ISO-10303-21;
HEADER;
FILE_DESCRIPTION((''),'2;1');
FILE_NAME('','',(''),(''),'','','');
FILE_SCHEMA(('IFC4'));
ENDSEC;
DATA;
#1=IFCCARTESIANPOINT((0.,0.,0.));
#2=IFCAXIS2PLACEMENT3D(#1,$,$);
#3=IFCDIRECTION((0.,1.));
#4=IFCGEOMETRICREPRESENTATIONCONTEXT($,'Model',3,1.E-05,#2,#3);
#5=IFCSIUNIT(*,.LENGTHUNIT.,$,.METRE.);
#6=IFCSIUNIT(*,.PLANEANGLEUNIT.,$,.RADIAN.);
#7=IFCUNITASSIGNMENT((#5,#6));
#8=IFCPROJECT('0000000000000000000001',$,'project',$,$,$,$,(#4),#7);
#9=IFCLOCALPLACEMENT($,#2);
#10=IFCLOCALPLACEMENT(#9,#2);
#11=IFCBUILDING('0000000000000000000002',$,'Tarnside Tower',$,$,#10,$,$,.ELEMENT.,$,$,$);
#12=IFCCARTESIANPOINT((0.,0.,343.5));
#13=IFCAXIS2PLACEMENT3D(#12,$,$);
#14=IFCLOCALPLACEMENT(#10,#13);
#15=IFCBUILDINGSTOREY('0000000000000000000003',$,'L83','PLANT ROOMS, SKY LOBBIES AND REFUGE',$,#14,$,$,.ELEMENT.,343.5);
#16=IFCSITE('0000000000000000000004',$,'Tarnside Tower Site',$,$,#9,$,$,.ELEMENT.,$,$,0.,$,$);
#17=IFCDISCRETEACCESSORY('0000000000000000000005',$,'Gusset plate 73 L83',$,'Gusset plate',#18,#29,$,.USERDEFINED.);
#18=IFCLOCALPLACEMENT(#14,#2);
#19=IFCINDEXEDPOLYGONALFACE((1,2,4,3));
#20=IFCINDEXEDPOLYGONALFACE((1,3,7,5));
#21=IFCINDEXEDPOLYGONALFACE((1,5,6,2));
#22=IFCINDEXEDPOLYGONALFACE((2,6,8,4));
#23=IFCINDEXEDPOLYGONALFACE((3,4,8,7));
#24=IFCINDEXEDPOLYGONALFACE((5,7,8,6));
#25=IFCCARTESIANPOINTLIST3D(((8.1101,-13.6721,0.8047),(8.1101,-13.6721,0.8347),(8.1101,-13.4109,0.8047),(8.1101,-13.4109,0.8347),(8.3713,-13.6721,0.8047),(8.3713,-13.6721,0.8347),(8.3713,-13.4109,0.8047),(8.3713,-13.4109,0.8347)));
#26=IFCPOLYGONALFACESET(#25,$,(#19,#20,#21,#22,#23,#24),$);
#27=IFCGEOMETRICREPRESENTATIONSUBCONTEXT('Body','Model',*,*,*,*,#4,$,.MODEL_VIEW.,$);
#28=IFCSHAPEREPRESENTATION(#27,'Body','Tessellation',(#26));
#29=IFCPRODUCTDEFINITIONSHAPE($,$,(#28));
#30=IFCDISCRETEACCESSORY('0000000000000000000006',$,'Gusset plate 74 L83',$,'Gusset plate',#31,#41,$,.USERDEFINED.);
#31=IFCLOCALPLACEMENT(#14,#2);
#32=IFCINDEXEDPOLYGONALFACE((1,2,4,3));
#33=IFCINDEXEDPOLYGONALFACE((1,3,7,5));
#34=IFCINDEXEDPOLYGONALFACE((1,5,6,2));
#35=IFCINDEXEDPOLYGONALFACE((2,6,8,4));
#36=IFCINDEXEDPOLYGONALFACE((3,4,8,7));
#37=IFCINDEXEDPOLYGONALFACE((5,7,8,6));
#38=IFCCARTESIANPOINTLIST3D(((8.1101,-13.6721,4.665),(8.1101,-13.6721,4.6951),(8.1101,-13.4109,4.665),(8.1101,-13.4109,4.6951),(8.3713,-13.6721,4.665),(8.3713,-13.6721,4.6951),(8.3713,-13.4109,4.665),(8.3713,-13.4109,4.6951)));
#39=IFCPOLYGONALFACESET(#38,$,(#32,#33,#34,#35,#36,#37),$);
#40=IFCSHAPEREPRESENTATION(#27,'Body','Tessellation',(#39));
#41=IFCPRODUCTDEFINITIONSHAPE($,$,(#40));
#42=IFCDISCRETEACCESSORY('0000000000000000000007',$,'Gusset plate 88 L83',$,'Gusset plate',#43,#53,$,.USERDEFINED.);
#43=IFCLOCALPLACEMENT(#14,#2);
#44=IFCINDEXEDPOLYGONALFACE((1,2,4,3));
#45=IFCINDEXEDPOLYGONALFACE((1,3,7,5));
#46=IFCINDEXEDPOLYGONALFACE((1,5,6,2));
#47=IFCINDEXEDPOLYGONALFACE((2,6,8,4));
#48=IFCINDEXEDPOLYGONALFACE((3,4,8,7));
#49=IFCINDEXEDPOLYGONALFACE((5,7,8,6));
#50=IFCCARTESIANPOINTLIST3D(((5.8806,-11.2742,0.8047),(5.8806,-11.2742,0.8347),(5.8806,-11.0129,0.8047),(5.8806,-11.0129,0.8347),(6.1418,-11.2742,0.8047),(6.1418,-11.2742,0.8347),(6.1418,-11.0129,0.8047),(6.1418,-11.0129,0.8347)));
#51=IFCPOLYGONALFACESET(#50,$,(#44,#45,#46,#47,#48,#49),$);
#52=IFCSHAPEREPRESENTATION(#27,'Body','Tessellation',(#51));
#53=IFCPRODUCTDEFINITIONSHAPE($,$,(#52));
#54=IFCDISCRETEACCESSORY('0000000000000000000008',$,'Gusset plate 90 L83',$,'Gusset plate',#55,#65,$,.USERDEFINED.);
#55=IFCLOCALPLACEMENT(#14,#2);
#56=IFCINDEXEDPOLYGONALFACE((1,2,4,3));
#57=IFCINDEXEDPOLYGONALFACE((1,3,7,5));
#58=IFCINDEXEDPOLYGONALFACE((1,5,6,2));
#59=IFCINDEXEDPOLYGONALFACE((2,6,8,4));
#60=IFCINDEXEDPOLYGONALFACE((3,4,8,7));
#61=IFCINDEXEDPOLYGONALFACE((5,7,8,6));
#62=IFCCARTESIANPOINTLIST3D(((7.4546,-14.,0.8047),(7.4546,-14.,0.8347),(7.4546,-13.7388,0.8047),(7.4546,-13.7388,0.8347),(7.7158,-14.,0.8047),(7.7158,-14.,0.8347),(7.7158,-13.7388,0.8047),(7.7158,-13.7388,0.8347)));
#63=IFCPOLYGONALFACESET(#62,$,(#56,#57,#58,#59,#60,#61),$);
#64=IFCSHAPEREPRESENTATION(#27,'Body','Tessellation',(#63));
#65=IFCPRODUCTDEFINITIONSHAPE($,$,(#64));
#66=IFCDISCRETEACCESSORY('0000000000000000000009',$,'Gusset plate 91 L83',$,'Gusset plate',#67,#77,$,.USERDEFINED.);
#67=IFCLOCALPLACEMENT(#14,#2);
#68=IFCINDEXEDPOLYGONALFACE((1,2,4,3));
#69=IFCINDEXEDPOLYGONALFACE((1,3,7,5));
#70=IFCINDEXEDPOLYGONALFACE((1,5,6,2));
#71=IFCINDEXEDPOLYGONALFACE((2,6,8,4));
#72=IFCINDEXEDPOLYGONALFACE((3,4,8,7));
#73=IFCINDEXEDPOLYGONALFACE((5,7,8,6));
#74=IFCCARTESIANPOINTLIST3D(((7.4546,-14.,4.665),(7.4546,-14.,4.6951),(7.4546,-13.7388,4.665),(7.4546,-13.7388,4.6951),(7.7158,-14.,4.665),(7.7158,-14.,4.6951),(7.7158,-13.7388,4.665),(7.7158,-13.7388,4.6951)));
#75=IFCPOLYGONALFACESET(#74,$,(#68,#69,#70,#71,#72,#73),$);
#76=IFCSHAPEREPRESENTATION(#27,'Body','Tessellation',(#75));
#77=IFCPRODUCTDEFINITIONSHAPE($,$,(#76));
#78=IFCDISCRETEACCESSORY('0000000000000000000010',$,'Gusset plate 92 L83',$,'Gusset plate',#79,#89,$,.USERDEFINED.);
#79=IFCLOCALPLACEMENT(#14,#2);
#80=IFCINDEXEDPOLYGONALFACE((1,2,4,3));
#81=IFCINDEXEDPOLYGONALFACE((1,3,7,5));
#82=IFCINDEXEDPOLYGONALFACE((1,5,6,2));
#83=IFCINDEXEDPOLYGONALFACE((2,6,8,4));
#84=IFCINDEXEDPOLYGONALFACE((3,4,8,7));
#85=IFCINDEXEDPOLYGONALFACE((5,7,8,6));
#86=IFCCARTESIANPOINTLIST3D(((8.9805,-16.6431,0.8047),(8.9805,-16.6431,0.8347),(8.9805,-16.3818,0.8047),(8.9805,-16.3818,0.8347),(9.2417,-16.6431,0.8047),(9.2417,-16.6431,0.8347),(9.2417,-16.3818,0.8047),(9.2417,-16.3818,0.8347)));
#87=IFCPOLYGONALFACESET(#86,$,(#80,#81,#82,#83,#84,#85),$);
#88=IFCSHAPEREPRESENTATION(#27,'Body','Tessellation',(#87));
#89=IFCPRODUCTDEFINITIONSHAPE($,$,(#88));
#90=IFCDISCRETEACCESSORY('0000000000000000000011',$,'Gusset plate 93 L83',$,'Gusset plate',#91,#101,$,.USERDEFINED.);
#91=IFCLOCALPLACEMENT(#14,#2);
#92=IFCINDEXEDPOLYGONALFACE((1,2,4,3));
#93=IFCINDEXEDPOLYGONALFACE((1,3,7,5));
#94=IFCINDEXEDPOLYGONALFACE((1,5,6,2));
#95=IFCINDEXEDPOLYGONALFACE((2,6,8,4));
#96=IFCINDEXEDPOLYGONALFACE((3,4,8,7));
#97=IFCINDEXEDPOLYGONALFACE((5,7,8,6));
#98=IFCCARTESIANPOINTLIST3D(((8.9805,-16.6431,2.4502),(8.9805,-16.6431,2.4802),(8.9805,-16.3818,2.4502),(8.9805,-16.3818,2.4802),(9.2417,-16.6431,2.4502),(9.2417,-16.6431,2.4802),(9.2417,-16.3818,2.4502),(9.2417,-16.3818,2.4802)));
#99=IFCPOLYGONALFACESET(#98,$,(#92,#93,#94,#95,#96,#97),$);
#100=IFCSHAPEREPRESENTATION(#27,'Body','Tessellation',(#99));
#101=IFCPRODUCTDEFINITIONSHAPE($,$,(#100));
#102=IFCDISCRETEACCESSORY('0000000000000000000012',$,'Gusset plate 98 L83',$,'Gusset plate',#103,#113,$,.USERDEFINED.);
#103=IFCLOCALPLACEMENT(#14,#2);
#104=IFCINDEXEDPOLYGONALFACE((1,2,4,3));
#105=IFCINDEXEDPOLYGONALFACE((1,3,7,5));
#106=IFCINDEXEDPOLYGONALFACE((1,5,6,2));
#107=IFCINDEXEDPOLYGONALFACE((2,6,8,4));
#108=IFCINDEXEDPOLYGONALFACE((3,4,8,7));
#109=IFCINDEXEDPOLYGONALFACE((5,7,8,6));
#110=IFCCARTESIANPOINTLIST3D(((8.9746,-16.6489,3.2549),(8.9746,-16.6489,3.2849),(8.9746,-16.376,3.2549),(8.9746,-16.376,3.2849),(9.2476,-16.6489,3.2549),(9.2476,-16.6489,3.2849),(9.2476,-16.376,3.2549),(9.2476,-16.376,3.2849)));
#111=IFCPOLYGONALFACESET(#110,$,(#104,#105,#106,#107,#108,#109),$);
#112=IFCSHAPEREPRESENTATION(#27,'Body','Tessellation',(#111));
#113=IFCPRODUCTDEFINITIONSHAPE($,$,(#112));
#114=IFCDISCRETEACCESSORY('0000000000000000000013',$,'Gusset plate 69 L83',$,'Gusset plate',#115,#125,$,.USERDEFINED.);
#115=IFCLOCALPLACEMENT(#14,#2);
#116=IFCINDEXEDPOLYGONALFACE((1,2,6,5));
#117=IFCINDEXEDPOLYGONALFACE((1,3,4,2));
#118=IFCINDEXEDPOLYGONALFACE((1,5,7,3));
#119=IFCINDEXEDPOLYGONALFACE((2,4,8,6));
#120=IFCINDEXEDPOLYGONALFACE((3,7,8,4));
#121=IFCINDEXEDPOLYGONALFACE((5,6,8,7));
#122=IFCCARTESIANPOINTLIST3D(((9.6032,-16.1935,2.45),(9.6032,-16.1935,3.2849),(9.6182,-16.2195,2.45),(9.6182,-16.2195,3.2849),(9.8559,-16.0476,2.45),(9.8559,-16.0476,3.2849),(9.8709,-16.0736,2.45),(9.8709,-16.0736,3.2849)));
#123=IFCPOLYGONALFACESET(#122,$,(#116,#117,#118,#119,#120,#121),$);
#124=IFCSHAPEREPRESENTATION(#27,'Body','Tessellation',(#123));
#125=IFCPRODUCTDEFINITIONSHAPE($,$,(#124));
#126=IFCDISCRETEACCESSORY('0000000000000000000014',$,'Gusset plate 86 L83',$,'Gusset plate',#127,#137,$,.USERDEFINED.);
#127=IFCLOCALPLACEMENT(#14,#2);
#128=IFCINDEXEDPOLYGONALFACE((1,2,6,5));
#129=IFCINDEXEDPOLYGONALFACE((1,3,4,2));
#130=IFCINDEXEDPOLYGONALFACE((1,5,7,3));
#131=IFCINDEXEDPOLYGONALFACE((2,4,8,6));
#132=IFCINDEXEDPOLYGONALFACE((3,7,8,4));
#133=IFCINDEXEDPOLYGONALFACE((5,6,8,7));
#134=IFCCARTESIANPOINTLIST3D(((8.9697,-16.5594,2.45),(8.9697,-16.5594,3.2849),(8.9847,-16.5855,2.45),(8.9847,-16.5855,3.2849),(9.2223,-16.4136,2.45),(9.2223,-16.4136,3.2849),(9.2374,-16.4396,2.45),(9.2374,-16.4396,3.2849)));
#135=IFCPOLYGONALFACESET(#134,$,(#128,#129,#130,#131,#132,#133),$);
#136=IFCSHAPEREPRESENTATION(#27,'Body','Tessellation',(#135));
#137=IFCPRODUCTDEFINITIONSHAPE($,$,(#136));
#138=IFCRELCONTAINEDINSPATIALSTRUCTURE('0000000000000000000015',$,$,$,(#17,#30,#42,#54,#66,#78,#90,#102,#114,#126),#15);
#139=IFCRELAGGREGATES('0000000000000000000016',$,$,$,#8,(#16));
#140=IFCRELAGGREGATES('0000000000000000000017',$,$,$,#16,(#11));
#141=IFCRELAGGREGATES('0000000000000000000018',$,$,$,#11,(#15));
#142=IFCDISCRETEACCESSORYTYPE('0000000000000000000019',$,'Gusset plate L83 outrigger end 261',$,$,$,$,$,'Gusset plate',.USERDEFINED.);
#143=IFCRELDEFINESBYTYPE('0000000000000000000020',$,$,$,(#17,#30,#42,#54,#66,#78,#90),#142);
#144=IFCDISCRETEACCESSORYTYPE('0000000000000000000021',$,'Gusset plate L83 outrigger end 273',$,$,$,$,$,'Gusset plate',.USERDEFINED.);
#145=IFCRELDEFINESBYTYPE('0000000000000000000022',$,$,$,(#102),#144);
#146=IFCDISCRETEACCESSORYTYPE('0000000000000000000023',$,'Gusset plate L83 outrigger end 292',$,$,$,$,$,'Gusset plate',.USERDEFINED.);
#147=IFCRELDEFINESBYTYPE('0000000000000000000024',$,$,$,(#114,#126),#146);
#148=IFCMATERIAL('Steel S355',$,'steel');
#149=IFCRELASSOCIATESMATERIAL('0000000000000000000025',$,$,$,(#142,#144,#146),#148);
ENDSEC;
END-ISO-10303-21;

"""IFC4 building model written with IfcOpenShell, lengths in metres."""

from ifc_helpers import new_model, si_unit, direction, frame, origin, origin_2d, place, context, subcontext, project, spatial, rectangle, extrude, material, type_object, element, save


model = new_model("IFC4")

# Units and contexts
model_context = context("Model", 3, precision=1e-05, world=origin(), true_north=direction((0.0, 1.0)))
body_context = subcontext(model_context, "Body", "Model", "MODEL_VIEW")
ifc_project = project(units=[si_unit("LENGTHUNIT", "METRE"), si_unit("PLANEANGLEUNIT", "RADIAN")], contexts=[model_context])

# Site, building, storey
site_placement = place(None, origin())
site = spatial("IfcSite", under=ifc_project, at=site_placement, Name="Tarnside Tower Site", CompositionType="ELEMENT", RefElevation=0.0)
building_placement = place(site_placement, origin())
building = spatial("IfcBuilding", under=site, at=building_placement, Name="Tarnside Tower", CompositionType="ELEMENT")
storey_placement = place(building_placement, frame((0.0, 0.0, 343.5)))
storey = spatial("IfcBuildingStorey", under=building, at=storey_placement, Name="L83", Description="PLANT ROOMS, SKY LOBBIES AND REFUGE", CompositionType="ELEMENT", Elevation=343.5)

# Shared definitions
ifc_material = material(Name="Steel S355", Category="steel")

# Discrete accessories
discrete_accessory_type_1 = type_object("IfcDiscreteAccessoryType", Name="Gusset plate L83 outrigger end 261", ElementType="Gusset plate", PredefinedType="USERDEFINED", material=ifc_material)
for number, where, z_axis, x_axis, name in (
    (1, (8.2407, -13.5415, 0.8047), (0.0, 0.0, 1.0), (1.0, 0.0, 0.0), "Gusset plate 73 L83"),
    (2, (8.2407, -13.5415, 4.665), (0.0, 0.0, 1.0), (1.0, 0.0, 0.0), "Gusset plate 74 L83"),
    (3, (6.0112, -11.1436, 0.8047), (0.0, 0.0, 1.0), (1.0, 0.0, 0.0), "Gusset plate 88 L83"),
    (4, (7.5852, -13.8694, 0.8047), (0.0, 0.0, 1.0), (1.0, 0.0, 0.0), "Gusset plate 90 L83"),
    (5, (7.5852, -13.8694, 4.665), (0.0, 0.0, 1.0), (1.0, 0.0, 0.0), "Gusset plate 91 L83"),
    (6, (9.1111, -16.5125, 0.8047), (0.0, 0.0, 1.0), (1.0, 0.0, 0.0), "Gusset plate 92 L83"),
    (7, (9.1111, -16.5125, 2.4502), (0.0, 0.0, 1.0), (1.0, 0.0, 0.0), "Gusset plate 93 L83"),
):
    element("IfcDiscreteAccessory", number, at=place(storey_placement, frame(where, z_axis=z_axis, x_axis=x_axis)), inside=storey, type_object=discrete_accessory_type_1, Name=name, ObjectType="Gusset plate", PredefinedType="USERDEFINED", context=body_context, shape_type="SweptSolid", body=[
        extrude(rectangle(XDim=0.2612, YDim=0.2612, at=origin_2d()), origin(), (0.0, 0.0, 1.0), 0.03),
    ])
discrete_accessory_type_2 = type_object("IfcDiscreteAccessoryType", Name="Gusset plate L83 outrigger end 273", ElementType="Gusset plate", PredefinedType="USERDEFINED", material=ifc_material)
discrete_accessory_placement = place(storey_placement, frame((9.1111, -16.5125, 3.2549), z_axis=(0.0, 0.0, 1.0), x_axis=(1.0, 0.0, 0.0)))
element("IfcDiscreteAccessory", 8, at=discrete_accessory_placement, inside=storey, type_object=discrete_accessory_type_2, Name="Gusset plate 98 L83", ObjectType="Gusset plate", PredefinedType="USERDEFINED", context=body_context, shape_type="SweptSolid", body=[
    extrude(rectangle(XDim=0.2729, YDim=0.2729, at=origin_2d()), origin(), (0.0, 0.0, 1.0), 0.03),
])
discrete_accessory_type_3 = type_object("IfcDiscreteAccessoryType", Name="Gusset plate L83 outrigger end 292", ElementType="Gusset plate", PredefinedType="USERDEFINED", material=ifc_material)
for number, where, z_axis, x_axis, name in (
    (9, (9.7371, -16.1335, 2.45), (0.0, 0.0, 1.0), (-0.50002, 0.866014, 0.0), "Gusset plate 69 L83"),
    (10, (9.1035, -16.4995, 2.45), (0.0, 0.0, 1.0), (-0.499997, 0.866027, 0.0), "Gusset plate 86 L83"),
):
    element("IfcDiscreteAccessory", number, at=place(storey_placement, frame(where, z_axis=z_axis, x_axis=x_axis)), inside=storey, type_object=discrete_accessory_type_3, Name=name, ObjectType="Gusset plate", PredefinedType="USERDEFINED", context=body_context, shape_type="SweptSolid", body=[
        extrude(rectangle(XDim=0.03, YDim=0.2917, at=origin_2d()), origin(), (0.0, 0.0, 1.0), 0.835),
    ])

save(model, "model.ifc")
